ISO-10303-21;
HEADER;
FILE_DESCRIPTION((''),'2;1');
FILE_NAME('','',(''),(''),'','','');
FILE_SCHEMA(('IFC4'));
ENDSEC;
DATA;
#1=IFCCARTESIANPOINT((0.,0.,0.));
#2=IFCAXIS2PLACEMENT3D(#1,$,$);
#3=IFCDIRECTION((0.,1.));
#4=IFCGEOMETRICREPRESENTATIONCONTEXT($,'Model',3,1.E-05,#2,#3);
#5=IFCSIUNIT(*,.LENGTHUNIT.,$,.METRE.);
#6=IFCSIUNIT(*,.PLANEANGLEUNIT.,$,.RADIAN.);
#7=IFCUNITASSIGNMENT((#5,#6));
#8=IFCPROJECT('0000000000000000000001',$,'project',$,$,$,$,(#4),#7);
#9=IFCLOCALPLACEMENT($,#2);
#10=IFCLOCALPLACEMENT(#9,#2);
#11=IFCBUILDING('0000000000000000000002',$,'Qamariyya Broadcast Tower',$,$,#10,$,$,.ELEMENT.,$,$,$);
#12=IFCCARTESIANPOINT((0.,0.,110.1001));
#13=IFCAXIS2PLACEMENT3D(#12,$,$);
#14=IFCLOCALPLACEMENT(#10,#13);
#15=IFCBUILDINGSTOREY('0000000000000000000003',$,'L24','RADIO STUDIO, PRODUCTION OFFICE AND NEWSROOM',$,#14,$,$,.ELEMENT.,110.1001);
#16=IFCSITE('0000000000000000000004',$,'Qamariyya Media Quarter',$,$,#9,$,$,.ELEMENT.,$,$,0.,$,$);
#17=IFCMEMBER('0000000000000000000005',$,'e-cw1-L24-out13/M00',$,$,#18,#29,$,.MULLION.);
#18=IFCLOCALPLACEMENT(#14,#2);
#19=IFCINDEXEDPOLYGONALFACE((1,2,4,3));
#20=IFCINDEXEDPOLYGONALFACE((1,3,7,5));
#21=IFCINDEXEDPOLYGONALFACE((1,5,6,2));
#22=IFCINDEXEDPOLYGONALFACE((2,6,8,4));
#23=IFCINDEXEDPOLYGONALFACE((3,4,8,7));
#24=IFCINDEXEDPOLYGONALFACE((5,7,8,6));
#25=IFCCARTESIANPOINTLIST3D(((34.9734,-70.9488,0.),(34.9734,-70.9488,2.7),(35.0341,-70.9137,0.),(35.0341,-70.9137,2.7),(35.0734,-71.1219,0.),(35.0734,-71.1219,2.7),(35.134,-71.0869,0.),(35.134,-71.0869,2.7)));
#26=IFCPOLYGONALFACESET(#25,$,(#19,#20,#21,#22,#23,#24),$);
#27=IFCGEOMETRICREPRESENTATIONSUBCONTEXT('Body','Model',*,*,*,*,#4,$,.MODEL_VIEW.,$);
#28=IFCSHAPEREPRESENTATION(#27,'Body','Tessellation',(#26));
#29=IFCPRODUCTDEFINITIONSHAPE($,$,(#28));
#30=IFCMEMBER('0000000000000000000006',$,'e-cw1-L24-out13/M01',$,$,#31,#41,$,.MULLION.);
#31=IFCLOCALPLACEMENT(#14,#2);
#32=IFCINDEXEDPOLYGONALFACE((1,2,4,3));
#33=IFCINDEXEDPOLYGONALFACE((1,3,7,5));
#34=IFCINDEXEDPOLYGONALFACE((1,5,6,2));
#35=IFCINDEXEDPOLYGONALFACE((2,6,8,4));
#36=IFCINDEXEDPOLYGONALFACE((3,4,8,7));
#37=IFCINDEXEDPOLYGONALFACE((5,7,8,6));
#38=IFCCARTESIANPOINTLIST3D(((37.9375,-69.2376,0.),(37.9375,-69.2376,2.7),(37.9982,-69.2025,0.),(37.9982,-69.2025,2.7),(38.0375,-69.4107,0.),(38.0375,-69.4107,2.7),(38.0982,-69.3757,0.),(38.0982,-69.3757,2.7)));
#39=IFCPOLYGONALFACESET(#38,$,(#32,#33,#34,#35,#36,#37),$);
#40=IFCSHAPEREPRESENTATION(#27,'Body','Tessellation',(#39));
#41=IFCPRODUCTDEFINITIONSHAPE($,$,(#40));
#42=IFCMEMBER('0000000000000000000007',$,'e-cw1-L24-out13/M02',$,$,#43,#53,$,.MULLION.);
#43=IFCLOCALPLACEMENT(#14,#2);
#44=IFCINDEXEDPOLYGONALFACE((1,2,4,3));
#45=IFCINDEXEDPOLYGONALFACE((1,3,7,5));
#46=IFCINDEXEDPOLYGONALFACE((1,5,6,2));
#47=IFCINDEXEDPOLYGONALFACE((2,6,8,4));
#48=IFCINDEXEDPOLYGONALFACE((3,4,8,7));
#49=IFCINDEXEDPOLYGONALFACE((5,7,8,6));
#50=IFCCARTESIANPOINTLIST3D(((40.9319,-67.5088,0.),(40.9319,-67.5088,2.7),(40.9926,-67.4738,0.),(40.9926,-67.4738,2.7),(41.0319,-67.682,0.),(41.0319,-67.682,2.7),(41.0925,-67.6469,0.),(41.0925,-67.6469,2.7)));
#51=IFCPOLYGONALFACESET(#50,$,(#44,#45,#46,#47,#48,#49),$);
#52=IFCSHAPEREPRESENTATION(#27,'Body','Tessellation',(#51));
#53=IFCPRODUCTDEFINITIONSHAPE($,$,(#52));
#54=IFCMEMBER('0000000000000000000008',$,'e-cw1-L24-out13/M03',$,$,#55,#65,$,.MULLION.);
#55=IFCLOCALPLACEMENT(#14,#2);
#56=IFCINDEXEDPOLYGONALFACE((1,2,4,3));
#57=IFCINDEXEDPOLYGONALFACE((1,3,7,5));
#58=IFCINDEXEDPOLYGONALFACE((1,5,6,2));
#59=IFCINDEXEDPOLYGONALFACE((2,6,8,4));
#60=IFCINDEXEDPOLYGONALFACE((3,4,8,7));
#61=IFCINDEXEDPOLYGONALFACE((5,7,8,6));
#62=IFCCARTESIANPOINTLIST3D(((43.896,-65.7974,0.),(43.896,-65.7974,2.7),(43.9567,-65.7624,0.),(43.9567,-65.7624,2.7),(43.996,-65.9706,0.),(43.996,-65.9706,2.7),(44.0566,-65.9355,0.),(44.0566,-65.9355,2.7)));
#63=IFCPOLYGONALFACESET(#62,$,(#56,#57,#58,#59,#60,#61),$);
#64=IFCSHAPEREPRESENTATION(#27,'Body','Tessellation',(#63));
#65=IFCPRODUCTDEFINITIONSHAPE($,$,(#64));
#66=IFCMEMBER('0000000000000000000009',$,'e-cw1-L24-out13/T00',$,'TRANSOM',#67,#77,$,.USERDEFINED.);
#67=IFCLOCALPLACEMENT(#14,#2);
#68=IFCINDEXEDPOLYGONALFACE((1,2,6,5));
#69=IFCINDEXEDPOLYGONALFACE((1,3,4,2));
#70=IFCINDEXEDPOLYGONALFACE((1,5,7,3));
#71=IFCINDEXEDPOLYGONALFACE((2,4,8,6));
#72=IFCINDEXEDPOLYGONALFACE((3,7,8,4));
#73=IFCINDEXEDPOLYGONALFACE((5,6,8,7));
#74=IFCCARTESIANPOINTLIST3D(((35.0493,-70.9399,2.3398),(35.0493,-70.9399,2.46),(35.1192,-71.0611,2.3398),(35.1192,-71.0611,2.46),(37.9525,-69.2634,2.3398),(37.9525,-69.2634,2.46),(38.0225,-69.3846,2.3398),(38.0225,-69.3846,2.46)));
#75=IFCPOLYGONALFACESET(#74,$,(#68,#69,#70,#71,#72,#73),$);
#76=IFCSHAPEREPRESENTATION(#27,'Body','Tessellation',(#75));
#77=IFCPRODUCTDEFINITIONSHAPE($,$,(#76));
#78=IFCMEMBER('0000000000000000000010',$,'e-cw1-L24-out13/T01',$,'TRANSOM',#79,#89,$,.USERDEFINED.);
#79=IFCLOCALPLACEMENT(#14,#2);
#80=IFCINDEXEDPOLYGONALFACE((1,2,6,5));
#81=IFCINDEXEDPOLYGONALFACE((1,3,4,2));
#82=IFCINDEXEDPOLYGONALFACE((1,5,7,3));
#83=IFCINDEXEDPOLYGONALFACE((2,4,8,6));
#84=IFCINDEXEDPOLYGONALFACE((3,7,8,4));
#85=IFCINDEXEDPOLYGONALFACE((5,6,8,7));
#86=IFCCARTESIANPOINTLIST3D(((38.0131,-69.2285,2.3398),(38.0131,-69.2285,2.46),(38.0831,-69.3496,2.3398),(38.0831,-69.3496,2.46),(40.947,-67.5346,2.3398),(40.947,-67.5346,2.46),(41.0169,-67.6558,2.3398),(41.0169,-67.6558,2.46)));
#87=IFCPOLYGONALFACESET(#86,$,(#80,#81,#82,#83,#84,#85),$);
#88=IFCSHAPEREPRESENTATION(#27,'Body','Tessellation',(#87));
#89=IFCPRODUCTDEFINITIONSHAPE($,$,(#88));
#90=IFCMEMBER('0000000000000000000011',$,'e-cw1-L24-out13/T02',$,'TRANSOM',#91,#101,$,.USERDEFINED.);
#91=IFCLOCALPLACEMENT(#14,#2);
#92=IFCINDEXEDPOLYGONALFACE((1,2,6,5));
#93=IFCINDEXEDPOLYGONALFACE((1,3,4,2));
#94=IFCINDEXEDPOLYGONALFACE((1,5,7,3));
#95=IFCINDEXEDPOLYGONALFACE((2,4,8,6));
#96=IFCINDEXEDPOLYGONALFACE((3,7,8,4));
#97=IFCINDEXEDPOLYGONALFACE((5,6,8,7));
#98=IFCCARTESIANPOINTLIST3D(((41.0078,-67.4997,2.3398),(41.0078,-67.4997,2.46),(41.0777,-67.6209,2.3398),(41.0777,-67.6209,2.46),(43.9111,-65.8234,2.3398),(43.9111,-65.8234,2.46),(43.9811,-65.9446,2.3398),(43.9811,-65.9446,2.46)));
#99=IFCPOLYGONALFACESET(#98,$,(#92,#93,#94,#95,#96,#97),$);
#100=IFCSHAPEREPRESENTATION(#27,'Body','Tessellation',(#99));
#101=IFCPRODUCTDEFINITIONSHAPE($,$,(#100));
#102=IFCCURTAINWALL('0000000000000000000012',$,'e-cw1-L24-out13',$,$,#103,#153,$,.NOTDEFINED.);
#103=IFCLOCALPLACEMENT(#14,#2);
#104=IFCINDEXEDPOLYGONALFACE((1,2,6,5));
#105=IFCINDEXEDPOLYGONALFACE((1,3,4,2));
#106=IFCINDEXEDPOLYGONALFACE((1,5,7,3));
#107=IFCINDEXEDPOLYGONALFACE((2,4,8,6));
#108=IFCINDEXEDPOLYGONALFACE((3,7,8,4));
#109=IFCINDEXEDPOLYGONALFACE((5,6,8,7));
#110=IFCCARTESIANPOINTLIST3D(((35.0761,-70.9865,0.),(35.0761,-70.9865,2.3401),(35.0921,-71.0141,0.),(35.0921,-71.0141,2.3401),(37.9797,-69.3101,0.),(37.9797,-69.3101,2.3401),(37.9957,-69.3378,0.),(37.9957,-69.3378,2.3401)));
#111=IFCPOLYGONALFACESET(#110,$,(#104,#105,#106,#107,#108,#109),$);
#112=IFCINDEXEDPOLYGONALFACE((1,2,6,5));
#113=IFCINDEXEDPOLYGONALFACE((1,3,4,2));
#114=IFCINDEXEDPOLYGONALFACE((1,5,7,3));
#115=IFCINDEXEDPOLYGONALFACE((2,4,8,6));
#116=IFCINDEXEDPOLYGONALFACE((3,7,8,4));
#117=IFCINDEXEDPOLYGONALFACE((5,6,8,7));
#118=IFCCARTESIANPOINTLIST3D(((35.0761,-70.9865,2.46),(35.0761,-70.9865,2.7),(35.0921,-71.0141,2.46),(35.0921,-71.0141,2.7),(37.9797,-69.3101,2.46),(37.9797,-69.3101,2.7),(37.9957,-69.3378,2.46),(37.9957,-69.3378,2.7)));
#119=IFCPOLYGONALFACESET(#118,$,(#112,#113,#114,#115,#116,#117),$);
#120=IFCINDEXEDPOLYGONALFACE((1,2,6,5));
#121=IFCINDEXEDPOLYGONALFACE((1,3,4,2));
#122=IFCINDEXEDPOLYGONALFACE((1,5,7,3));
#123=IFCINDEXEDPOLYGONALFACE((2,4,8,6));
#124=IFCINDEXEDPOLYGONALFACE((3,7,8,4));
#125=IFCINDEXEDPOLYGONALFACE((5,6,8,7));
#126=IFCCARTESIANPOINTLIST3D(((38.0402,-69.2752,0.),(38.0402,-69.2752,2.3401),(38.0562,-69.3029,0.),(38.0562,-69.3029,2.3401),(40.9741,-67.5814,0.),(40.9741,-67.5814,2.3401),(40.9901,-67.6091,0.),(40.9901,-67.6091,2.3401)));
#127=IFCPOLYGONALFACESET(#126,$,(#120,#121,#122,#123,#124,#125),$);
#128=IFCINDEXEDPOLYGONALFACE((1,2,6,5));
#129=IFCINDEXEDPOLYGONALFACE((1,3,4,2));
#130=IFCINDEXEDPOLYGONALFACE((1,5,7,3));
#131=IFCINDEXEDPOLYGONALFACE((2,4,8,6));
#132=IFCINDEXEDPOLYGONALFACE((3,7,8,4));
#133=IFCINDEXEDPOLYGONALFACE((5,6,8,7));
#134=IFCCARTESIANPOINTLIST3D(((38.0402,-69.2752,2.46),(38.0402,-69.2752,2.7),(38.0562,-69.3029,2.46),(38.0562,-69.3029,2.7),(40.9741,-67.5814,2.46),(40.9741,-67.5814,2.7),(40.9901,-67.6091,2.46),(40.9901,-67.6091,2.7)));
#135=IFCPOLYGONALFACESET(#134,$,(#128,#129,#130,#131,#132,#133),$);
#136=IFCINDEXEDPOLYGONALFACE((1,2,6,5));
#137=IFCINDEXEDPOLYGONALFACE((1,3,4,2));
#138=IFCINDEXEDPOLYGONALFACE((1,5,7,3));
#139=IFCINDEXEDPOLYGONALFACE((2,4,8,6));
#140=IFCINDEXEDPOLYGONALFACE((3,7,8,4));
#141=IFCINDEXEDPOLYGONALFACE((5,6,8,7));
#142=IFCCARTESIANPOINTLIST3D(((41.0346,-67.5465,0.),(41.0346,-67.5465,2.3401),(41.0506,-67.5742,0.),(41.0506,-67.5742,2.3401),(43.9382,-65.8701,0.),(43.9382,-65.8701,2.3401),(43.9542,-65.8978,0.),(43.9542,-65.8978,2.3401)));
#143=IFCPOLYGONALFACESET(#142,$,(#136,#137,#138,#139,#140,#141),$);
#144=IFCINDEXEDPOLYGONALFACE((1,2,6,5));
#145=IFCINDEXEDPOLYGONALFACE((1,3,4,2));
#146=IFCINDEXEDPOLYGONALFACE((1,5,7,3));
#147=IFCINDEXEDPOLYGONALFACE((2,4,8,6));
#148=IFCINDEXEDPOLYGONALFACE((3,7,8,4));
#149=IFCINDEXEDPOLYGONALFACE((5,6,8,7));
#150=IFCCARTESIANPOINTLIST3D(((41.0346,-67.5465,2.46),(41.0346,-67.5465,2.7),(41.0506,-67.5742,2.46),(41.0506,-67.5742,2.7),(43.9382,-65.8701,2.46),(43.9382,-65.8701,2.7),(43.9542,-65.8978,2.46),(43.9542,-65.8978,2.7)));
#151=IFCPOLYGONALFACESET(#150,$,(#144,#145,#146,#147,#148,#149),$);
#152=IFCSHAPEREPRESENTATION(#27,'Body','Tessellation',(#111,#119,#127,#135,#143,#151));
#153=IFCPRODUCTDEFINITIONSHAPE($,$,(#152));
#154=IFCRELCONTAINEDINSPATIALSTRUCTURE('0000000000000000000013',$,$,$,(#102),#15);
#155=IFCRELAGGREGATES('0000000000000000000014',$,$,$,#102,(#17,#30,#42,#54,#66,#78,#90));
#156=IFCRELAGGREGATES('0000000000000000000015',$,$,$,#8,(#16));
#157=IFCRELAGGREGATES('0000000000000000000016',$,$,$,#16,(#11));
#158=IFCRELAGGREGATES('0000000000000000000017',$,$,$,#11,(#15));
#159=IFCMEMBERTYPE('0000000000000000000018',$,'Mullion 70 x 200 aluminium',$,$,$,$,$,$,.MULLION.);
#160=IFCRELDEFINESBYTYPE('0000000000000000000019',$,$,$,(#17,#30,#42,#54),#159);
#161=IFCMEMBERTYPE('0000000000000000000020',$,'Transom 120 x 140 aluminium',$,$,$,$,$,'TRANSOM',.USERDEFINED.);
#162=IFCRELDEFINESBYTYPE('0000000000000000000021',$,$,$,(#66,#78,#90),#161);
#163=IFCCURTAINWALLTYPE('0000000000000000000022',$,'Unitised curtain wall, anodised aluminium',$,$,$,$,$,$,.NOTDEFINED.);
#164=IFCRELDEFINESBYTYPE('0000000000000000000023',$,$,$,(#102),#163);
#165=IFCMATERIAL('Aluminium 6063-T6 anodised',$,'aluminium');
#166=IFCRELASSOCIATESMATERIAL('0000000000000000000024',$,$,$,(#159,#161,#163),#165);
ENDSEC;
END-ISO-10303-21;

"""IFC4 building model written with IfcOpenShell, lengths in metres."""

from ifc_helpers import new_model, si_unit, direction, frame, origin, origin_2d, place, context, subcontext, project, spatial, rectangle, extrude, material, material_profile, profile_set, type_object, element, aggregate, save


model = new_model("IFC4")

# Units and contexts
model_context = context("Model", 3, precision=1e-05, world=origin(), true_north=direction((0.0, 1.0)))
body_context = subcontext(model_context, "Body", "Model", "MODEL_VIEW")
ifc_project = project(units=[si_unit("LENGTHUNIT", "METRE"), si_unit("PLANEANGLEUNIT", "RADIAN")], contexts=[model_context])

# Members
ifc_material = material(Name="Aluminium 6063-T6 anodised", Category="aluminium")
ifc_material_profile_1 = material_profile(ifc_material, rectangle(XDim=0.2, YDim=0.0701, at=origin_2d()))
ifc_profile_set_1 = profile_set([ifc_material_profile_1], Name="Aluminium 6063-T6 anodised")
member_type_1 = type_object("IfcMemberType", Name="Mullion 70 x 200 aluminium", PredefinedType="MULLION", material=ifc_profile_set_1)
site_placement = place(None, origin())
building_placement = place(site_placement, origin())
storey_placement = place(building_placement, frame((0.0, 0.0, 110.1001)))
member_1_placement = place(storey_placement, frame((35.0537, -71.0178, 0.0), z_axis=(0.0, 0.0, 1.0), x_axis=(-0.5, 0.866025, 0.0)))
member_1 = element("IfcMember", 1, at=member_1_placement, type_object=member_type_1, Name="e-cw1-L24-out13/M00", PredefinedType="MULLION", context=body_context, shape_type="SweptSolid", body=[
    extrude(rectangle(XDim=0.2, YDim=0.0701, at=origin_2d()), origin(), (0.0, 0.0, 1.0), 2.7),
])
member_2_placement = place(storey_placement, frame((38.0178, -69.3066, 0.0), z_axis=(0.0, 0.0, 1.0), x_axis=(-0.5, 0.866025, 0.0)))
member_2 = element("IfcMember", 2, at=member_2_placement, type_object=member_type_1, Name="e-cw1-L24-out13/M01", PredefinedType="MULLION", context=body_context, shape_type="SweptSolid", body=[
    extrude(rectangle(XDim=0.2, YDim=0.0701, at=origin_2d()), origin(), (0.0, 0.0, 1.0), 2.7),
])
member_3_placement = place(storey_placement, frame((41.0122, -67.5779, 0.0), z_axis=(0.0, 0.0, 1.0), x_axis=(-0.5, 0.866025, 0.0)))
member_3 = element("IfcMember", 3, at=member_3_placement, type_object=member_type_1, Name="e-cw1-L24-out13/M02", PredefinedType="MULLION", context=body_context, shape_type="SweptSolid", body=[
    extrude(rectangle(XDim=0.2, YDim=0.0701, at=origin_2d()), origin(), (0.0, 0.0, 1.0), 2.7),
])
member_4_placement = place(storey_placement, frame((43.9763, -65.8665, 0.0), z_axis=(0.0, 0.0, 1.0), x_axis=(-0.5, 0.866025, 0.0)))
member_4 = element("IfcMember", 4, at=member_4_placement, type_object=member_type_1, Name="e-cw1-L24-out13/M03", PredefinedType="MULLION", context=body_context, shape_type="SweptSolid", body=[
    extrude(rectangle(XDim=0.2, YDim=0.0701, at=origin_2d()), origin(), (0.0, 0.0, 1.0), 2.7),
])
ifc_material_profile_2 = material_profile(ifc_material, rectangle(XDim=0.1399, YDim=0.1201, at=origin_2d()))
ifc_profile_set_2 = profile_set([ifc_material_profile_2], Name="Aluminium 6063-T6 anodised")
member_type_2 = type_object("IfcMemberType", Name="Transom 120 x 140 aluminium", ElementType="TRANSOM", PredefinedType="USERDEFINED", material=ifc_profile_set_2)
member_5_placement = place(storey_placement, frame((35.0842, -71.0005, 2.3999), z_axis=(0.865989, 0.500063, 0.0), x_axis=(-0.500063, 0.865989, 0.0)))
member_5 = element("IfcMember", 5, at=member_5_placement, type_object=member_type_2, Name="e-cw1-L24-out13/T00", ObjectType="TRANSOM", PredefinedType="USERDEFINED", context=body_context, shape_type="SweptSolid", body=[
    extrude(rectangle(XDim=0.1399, YDim=0.1201, at=origin_2d()), origin(), (0.0, 0.0, 1.0), 3.3525),
])
member_6_placement = place(storey_placement, frame((38.0481, -69.2891, 2.3999), z_axis=(0.866026, 0.499999, 0.0), x_axis=(-0.499999, 0.866026, 0.0)))
member_6 = element("IfcMember", 6, at=member_6_placement, type_object=member_type_2, Name="e-cw1-L24-out13/T01", ObjectType="TRANSOM", PredefinedType="USERDEFINED", context=body_context, shape_type="SweptSolid", body=[
    extrude(rectangle(XDim=0.1399, YDim=0.1201, at=origin_2d()), origin(), (0.0, 0.0, 1.0), 3.3877),
])
member_7_placement = place(storey_placement, frame((41.0427, -67.5603, 2.3999), z_axis=(0.866021, 0.500008, 0.0), x_axis=(-0.500008, 0.866021, 0.0)))
member_7 = element("IfcMember", 7, at=member_7_placement, type_object=member_type_2, Name="e-cw1-L24-out13/T02", ObjectType="TRANSOM", PredefinedType="USERDEFINED", context=body_context, shape_type="SweptSolid", body=[
    extrude(rectangle(XDim=0.1399, YDim=0.1201, at=origin_2d()), origin(), (0.0, 0.0, 1.0), 3.3525),
])

# Site, building, storey
site = spatial("IfcSite", under=ifc_project, at=site_placement, Name="Qamariyya Media Quarter", CompositionType="ELEMENT", RefElevation=0.0)
building = spatial("IfcBuilding", under=site, at=building_placement, Name="Qamariyya Broadcast Tower", CompositionType="ELEMENT")
storey = spatial("IfcBuildingStorey", under=building, at=storey_placement, Name="L24", Description="RADIO STUDIO, PRODUCTION OFFICE AND NEWSROOM", CompositionType="ELEMENT", Elevation=110.1001)

# Curtain wall
curtain_wall_type = type_object("IfcCurtainWallType", Name="Unitised curtain wall, anodised aluminium", PredefinedType="NOTDEFINED", material=ifc_material)
curtain_wall_1_placement = place(storey_placement, origin())
curtain_wall_1 = element("IfcCurtainWall", 8, at=curtain_wall_1_placement, inside=storey, type_object=curtain_wall_type, Name="e-cw1-L24-out13", PredefinedType="NOTDEFINED", context=body_context, shape_type="SweptSolid", body=[
    extrude(rectangle(XDim=3.3528, YDim=0.032, at=origin_2d()), frame((36.5359, -70.1621, 0.0), x_axis=(0.866027, 0.499997, 0.0)), (0.0, 0.0, 1.0), 2.3401),
    extrude(rectangle(XDim=3.3528, YDim=0.032, at=origin_2d()), frame((36.5359, -70.1621, 2.46), x_axis=(0.866027, 0.499997, 0.0)), (0.0, 0.0, 1.0), 0.24),
    extrude(rectangle(XDim=3.3877, YDim=0.032, at=origin_2d()), frame((39.5151, -68.4421, 0.0), x_axis=(0.866027, 0.499997, 0.0)), (0.0, 0.0, 1.0), 2.3401),
    extrude(rectangle(XDim=3.3877, YDim=0.032, at=origin_2d()), frame((39.5151, -68.4421, 2.46), x_axis=(0.866027, 0.499997, 0.0)), (0.0, 0.0, 1.0), 0.24),
    extrude(rectangle(XDim=3.3528, YDim=0.032, at=origin_2d()), frame((42.4944, -66.7222, 0.0), x_axis=(0.866027, 0.499997, 0.0)), (0.0, 0.0, 1.0), 2.3401),
    extrude(rectangle(XDim=3.3528, YDim=0.032, at=origin_2d()), frame((42.4944, -66.7222, 2.46), x_axis=(0.866027, 0.499997, 0.0)), (0.0, 0.0, 1.0), 0.24),
])
aggregate(curtain_wall_1, [member_1, member_2, member_3, member_4, member_5, member_6, member_7])

save(model, "model.ifc")
